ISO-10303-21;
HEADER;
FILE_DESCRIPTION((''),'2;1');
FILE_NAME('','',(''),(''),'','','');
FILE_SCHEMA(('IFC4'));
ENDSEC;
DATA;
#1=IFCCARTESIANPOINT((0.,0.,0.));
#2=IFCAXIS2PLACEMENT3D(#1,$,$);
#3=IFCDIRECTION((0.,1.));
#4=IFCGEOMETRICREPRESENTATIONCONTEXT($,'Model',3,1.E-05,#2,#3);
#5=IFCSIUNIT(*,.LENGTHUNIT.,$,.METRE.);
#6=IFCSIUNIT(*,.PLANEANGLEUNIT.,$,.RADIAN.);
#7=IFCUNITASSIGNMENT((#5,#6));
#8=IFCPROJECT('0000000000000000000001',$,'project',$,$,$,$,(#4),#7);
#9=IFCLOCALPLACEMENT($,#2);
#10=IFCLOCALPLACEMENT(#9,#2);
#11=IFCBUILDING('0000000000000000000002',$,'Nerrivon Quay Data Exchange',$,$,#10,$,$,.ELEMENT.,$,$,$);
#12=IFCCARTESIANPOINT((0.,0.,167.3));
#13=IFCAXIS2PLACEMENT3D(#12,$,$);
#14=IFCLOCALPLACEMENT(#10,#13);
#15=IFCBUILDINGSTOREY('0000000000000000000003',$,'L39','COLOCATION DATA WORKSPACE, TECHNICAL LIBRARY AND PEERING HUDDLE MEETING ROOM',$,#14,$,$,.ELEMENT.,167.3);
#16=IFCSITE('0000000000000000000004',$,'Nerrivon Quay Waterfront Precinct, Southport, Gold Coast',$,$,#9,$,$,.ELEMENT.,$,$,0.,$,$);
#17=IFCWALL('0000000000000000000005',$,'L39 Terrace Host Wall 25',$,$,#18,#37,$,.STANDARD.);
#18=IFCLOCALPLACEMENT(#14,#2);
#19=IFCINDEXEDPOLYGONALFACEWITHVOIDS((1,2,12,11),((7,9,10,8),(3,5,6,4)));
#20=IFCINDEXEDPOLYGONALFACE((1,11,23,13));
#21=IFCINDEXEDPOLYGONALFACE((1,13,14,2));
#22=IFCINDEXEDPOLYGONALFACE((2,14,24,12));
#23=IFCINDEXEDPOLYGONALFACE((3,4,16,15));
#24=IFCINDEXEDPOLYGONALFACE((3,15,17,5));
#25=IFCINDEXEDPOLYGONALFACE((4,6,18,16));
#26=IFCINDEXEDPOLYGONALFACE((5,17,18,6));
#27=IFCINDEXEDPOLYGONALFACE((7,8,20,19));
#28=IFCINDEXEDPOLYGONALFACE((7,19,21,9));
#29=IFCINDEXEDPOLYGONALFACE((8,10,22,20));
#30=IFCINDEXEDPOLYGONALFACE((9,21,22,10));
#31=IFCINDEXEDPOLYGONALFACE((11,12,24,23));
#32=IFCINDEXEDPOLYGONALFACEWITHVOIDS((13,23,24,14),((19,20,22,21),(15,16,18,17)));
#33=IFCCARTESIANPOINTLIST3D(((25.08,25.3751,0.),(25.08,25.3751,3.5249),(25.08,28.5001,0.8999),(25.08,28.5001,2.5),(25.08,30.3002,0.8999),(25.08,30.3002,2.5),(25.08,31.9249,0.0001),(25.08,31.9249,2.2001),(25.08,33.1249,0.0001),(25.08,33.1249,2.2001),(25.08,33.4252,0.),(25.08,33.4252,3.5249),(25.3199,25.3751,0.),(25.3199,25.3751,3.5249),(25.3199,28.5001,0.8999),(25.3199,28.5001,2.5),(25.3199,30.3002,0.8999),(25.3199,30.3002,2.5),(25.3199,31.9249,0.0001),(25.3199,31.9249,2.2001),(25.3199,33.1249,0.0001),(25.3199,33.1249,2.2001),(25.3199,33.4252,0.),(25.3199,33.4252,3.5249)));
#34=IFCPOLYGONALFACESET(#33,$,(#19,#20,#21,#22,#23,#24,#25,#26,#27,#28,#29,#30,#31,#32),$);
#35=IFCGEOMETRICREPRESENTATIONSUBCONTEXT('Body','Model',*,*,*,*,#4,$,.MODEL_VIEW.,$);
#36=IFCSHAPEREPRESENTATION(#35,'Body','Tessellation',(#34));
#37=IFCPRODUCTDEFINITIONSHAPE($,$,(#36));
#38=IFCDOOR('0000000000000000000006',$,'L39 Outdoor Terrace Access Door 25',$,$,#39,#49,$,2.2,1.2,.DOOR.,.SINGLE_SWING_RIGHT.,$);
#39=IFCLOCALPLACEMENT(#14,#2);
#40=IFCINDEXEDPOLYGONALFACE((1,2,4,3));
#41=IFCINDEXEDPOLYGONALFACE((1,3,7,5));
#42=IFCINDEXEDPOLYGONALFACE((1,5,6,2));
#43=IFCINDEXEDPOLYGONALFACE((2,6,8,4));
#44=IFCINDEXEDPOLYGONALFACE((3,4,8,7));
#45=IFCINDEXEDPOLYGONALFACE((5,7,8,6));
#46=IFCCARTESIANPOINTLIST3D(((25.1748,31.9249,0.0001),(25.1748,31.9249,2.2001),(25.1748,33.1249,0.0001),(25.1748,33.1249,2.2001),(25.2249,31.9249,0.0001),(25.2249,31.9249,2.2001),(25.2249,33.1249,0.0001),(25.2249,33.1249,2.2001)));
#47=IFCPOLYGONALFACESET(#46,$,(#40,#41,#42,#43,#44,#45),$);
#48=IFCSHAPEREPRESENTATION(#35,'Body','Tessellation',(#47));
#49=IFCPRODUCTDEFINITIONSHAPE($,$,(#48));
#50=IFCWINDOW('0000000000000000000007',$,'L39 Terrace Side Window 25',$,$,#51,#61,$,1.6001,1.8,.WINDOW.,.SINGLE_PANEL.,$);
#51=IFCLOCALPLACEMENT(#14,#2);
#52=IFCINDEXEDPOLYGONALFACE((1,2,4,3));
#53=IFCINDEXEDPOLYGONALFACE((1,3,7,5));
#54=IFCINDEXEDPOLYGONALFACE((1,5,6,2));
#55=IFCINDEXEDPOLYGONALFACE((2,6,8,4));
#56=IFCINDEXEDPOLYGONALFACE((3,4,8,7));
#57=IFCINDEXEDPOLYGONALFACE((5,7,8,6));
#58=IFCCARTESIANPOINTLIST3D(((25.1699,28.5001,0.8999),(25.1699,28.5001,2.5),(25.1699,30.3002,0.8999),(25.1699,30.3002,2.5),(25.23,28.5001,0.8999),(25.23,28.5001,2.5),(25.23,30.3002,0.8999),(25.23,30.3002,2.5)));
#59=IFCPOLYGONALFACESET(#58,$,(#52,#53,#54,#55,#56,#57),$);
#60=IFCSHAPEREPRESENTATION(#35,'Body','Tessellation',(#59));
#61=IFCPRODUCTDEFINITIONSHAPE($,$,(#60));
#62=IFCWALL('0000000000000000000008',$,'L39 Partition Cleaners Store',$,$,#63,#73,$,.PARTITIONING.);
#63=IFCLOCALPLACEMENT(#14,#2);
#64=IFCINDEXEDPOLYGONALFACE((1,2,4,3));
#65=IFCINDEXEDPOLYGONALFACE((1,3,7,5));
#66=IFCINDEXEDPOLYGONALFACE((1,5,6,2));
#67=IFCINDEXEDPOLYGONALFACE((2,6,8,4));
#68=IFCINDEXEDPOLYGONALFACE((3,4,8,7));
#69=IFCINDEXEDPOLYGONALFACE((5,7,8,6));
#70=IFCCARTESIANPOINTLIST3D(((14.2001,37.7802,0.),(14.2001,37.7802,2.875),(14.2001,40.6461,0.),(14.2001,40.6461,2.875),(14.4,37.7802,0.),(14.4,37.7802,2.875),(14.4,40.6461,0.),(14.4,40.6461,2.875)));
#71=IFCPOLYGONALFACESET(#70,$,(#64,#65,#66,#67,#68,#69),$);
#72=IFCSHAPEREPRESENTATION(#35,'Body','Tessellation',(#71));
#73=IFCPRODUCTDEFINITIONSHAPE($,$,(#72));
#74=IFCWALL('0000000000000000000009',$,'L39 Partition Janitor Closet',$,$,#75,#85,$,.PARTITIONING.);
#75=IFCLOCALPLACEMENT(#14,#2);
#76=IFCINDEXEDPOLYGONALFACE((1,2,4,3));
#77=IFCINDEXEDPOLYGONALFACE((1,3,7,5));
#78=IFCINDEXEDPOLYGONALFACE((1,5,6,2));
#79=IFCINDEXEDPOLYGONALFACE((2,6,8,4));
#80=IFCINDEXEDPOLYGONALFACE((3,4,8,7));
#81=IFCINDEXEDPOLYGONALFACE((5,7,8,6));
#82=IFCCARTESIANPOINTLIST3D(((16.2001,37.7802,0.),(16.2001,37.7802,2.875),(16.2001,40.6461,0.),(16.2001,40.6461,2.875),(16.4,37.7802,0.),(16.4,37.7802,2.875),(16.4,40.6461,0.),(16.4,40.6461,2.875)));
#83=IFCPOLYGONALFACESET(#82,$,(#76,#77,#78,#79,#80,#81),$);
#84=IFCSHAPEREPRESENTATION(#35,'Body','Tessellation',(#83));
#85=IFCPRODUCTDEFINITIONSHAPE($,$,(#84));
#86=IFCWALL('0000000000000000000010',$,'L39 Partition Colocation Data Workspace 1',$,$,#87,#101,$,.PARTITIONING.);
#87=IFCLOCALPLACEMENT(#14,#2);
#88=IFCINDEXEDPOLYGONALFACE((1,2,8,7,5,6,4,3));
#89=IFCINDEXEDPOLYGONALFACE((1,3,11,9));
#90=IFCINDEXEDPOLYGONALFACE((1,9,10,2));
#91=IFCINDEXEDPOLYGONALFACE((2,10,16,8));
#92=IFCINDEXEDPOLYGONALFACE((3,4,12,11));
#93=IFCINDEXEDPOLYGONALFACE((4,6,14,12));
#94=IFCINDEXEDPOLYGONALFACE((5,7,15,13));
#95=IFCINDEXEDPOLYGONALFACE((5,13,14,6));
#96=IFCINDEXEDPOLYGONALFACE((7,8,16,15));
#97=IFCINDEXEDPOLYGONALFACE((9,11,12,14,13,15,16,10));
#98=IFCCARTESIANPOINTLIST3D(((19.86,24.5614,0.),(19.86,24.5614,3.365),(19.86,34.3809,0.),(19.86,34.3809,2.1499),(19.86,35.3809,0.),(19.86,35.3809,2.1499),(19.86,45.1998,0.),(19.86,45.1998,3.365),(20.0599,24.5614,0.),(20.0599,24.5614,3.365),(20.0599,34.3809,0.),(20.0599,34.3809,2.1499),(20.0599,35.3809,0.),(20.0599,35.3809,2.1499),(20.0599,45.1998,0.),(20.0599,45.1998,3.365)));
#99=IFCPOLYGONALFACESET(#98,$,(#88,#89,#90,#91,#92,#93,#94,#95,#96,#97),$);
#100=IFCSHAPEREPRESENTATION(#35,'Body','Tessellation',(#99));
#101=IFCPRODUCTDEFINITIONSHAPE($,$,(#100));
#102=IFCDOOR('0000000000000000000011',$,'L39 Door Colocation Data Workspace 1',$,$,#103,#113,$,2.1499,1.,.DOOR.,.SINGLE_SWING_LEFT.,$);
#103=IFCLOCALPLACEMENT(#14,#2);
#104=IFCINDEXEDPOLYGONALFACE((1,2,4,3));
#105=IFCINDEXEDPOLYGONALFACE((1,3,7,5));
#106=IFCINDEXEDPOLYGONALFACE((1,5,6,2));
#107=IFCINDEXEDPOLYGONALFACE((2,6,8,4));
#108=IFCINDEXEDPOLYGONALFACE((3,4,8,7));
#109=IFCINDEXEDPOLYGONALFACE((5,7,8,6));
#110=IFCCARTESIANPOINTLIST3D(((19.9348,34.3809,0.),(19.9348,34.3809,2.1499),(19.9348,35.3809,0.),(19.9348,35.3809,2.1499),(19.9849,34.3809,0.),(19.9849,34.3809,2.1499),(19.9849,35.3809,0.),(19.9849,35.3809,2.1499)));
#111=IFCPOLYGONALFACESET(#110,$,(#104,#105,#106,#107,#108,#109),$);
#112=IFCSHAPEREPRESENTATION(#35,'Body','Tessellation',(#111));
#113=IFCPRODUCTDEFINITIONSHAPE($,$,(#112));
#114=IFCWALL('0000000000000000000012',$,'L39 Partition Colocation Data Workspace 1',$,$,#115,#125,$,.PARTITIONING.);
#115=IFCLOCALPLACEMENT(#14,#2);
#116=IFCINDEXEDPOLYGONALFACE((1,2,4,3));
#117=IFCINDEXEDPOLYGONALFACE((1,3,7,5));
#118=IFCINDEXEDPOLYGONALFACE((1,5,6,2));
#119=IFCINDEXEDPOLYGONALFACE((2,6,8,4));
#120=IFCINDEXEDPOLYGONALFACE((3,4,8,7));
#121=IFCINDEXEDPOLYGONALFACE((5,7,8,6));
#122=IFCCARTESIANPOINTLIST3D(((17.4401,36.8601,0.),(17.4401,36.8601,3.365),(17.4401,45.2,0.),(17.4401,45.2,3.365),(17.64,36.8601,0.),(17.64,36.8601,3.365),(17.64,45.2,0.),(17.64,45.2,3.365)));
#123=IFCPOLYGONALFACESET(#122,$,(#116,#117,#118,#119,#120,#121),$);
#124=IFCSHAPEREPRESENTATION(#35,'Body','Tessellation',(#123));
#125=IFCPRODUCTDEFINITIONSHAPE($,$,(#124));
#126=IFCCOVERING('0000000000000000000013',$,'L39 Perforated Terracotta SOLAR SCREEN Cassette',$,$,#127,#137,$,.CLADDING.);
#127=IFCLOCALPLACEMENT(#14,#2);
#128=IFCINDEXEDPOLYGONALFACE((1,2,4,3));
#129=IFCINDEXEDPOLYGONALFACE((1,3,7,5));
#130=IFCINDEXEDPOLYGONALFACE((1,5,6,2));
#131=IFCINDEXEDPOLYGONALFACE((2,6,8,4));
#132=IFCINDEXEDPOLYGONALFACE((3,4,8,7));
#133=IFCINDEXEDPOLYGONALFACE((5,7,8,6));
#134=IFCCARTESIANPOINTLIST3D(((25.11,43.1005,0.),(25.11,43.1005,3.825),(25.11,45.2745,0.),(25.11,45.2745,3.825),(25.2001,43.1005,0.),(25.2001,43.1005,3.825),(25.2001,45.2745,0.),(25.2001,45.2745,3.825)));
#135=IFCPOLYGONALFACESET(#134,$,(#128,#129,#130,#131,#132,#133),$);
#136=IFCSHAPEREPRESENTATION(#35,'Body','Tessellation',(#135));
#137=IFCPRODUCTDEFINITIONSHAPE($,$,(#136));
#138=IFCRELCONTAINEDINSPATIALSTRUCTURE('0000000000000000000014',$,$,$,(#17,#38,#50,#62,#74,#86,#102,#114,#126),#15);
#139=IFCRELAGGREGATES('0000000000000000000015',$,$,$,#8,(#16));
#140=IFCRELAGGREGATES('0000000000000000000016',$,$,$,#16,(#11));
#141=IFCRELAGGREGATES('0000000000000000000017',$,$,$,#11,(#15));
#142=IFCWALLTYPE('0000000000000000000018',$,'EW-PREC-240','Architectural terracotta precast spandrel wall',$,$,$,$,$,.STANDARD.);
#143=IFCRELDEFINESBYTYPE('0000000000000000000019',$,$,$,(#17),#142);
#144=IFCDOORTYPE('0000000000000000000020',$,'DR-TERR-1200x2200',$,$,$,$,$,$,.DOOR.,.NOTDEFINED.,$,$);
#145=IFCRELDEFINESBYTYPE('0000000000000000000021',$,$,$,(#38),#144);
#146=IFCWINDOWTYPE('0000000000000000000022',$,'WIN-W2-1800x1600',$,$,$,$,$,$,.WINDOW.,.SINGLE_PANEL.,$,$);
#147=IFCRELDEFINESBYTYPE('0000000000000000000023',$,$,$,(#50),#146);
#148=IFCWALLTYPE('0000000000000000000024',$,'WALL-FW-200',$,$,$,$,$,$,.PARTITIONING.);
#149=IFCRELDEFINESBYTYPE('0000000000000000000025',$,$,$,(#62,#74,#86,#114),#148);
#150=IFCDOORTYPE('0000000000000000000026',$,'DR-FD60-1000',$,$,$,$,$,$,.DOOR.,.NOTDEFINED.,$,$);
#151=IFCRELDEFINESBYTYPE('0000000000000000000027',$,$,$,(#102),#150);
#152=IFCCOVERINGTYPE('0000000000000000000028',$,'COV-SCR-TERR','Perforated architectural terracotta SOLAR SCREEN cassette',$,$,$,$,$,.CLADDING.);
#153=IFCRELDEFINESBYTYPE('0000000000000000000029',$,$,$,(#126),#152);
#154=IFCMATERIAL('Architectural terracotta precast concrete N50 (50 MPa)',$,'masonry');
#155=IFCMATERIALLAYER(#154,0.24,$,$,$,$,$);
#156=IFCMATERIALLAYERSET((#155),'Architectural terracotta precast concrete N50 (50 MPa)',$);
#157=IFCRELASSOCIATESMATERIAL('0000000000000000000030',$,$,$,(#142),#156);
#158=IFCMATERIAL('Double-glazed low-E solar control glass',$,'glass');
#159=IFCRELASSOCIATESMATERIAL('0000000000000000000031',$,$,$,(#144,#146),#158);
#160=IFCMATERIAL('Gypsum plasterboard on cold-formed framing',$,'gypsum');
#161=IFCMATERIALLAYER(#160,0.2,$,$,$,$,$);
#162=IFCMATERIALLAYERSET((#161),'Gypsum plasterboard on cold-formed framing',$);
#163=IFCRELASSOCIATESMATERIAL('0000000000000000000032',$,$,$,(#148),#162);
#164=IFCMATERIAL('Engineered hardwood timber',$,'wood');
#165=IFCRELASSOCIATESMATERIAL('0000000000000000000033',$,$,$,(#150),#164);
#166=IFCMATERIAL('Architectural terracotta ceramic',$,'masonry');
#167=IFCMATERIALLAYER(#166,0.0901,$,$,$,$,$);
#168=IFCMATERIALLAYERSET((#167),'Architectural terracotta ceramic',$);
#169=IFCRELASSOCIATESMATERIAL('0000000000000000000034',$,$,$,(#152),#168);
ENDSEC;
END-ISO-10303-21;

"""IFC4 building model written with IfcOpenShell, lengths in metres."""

from ifc_helpers import new_model, si_unit, direction, frame, frame_2d, origin, origin_2d, place, context, subcontext, project, spatial, rectangle, extrude, material, layer, layer_set, type_object, element, fill, save


model = new_model("IFC4")

# Units and contexts
model_context = context("Model", 3, precision=1e-05, world=origin(), true_north=direction((0.0, 1.0)))
body_context = subcontext(model_context, "Body", "Model", "MODEL_VIEW")
ifc_project = project(units=[si_unit("LENGTHUNIT", "METRE"), si_unit("PLANEANGLEUNIT", "RADIAN")], contexts=[model_context])

# Site, building, storey
site_placement = place(None, origin())
site = spatial("IfcSite", under=ifc_project, at=site_placement, Name="Nerrivon Quay Waterfront Precinct, Southport, Gold Coast", CompositionType="ELEMENT", RefElevation=0.0)
building_placement = place(site_placement, origin())
building = spatial("IfcBuilding", under=site, at=building_placement, Name="Nerrivon Quay Data Exchange", CompositionType="ELEMENT")
storey_placement = place(building_placement, frame((0.0, 0.0, 167.3)))
storey = spatial("IfcBuildingStorey", under=building, at=storey_placement, Name="L39", Description="COLOCATION DATA WORKSPACE, TECHNICAL LIBRARY AND PEERING HUDDLE MEETING ROOM", CompositionType="ELEMENT", Elevation=167.3)

# Shared definitions
ifc_material_1 = material(Name="Double-glazed low-E solar control glass", Category="glass")

# Shared definitions
ifc_material_2 = material(Name="Architectural terracotta precast concrete N50 (50 MPa)", Category="masonry")
ifc_layer_1 = layer(ifc_material_2, 0.24)
ifc_layer_set_1 = layer_set([ifc_layer_1], Name="Architectural terracotta precast concrete N50 (50 MPa)")
wall_type_1 = type_object("IfcWallType", Name="EW-PREC-240", Description="Architectural terracotta precast spandrel wall", PredefinedType="STANDARD", material=ifc_layer_set_1)
door_type_1 = type_object("IfcDoorType", Name="DR-TERR-1200x2200", OperationType="NOTDEFINED", PredefinedType="DOOR", material=ifc_material_1)

# Wall, openings, door, window
wall_1_placement = place(storey_placement, frame((25.2, 33.425, 0.0), z_axis=(0.0, 0.0, 1.0), x_axis=(0.0, -1.0, 0.0)))
wall_1 = element("IfcWall", 1, at=wall_1_placement, inside=storey, type_object=wall_type_1, Name="L39 Terrace Host Wall 25", PredefinedType="STANDARD", context=body_context, shape_type="SweptSolid", body=[
    extrude(rectangle(XDim=8.05, YDim=0.24, at=frame_2d((4.0249, 0.0))), origin(), (0.0, 0.0, 1.0), 3.5249),
])
opening_1_placement = place(wall_1_placement, frame((0.3, 0.0, 0.0)))
opening_1 = element("IfcOpeningElement", 2, at=opening_1_placement, cuts=wall_1, PredefinedType="OPENING", context=body_context, shape_type="SweptSolid", body=[
    extrude(rectangle(XDim=1.2, YDim=2.2, at=frame_2d((0.6001, 1.1001))), frame((0.0, 0.1299, 0.0), z_axis=(0.0, -1.0, 0.0), x_axis=(1.0, 0.0, 0.0)), (0.0, 0.0, 1.0), 0.26),
])
opening_2_placement = place(wall_1_placement, frame((3.125, 0.0, 0.8999)))
opening_2 = element("IfcOpeningElement", 3, at=opening_2_placement, cuts=wall_1, PredefinedType="OPENING", context=body_context, shape_type="SweptSolid", body=[
    extrude(rectangle(XDim=1.8, YDim=1.6001, at=frame_2d((0.8999, 0.8))), frame((0.0, 0.1299, 0.0), z_axis=(0.0, -1.0, 0.0), x_axis=(1.0, 0.0, 0.0)), (0.0, 0.0, 1.0), 0.26),
])
door_1_placement = place(opening_1_placement, origin())
door_1 = element("IfcDoor", 4, at=door_1_placement, inside=storey, type_object=door_type_1, Name="L39 Outdoor Terrace Access Door 25", OperationType="SINGLE_SWING_RIGHT", OverallHeight=2.2, OverallWidth=1.2, PredefinedType="DOOR", context=body_context, shape_type="SweptSolid", body=[
    extrude(rectangle(XDim=1.2, YDim=2.2, at=frame_2d((0.6001, 1.1001))), frame((0.0, 0.0249, 0.0), z_axis=(0.0, -1.0, 0.0), x_axis=(1.0, 0.0, 0.0)), (0.0, 0.0, 1.0), 0.05),
])
fill(opening_1, door_1)
window_type = type_object("IfcWindowType", Name="WIN-W2-1800x1600", PartitioningType="SINGLE_PANEL", PredefinedType="WINDOW", material=ifc_material_1)
window_placement = place(opening_2_placement, origin())
window = element("IfcWindow", 5, at=window_placement, inside=storey, type_object=window_type, Name="L39 Terrace Side Window 25", OverallHeight=1.6001, OverallWidth=1.8, PartitioningType="SINGLE_PANEL", PredefinedType="WINDOW", context=body_context, shape_type="SweptSolid", body=[
    extrude(rectangle(XDim=1.8, YDim=1.6001, at=frame_2d((0.8999, 0.8))), frame((0.0, 0.03, 0.0), z_axis=(0.0, -1.0, 0.0), x_axis=(1.0, 0.0, 0.0)), (0.0, 0.0, 1.0), 0.0601),
])
fill(opening_2, window)

# Walls
ifc_material_3 = material(Name="Gypsum plasterboard on cold-formed framing", Category="gypsum")
ifc_layer_2 = layer(ifc_material_3, 0.2)
ifc_layer_set_2 = layer_set([ifc_layer_2], Name="Gypsum plasterboard on cold-formed framing")
wall_type_2 = type_object("IfcWallType", Name="WALL-FW-200", PredefinedType="PARTITIONING", material=ifc_layer_set_2)
for number, where, z_axis, x_axis, name in (
    (6, (14.3, 37.78, 0.0), (0.0, 0.0, 1.0), (0.0, 1.0, 0.0), "L39 Partition Cleaners Store"),
    (7, (16.3, 37.78, 0.0), (0.0, 0.0, 1.0), (0.0, 1.0, 0.0), "L39 Partition Janitor Closet"),
):
    element("IfcWall", number, at=place(storey_placement, frame(where, z_axis=z_axis, x_axis=x_axis)), inside=storey, type_object=wall_type_2, Name=name, PredefinedType="PARTITIONING", context=body_context, shape_type="SweptSolid", body=[
        extrude(rectangle(XDim=2.866, YDim=0.2, at=frame_2d((1.4331, 0.0))), origin(), (0.0, 0.0, 1.0), 2.875),
    ])

# Wall, opening, door
wall_2_placement = place(storey_placement, frame((19.96, 45.2, 0.0), z_axis=(0.0, 0.0, 1.0), x_axis=(0.0, -1.0, 0.0)))
wall_2 = element("IfcWall", 8, at=wall_2_placement, inside=storey, type_object=wall_type_2, Name="L39 Partition Colocation Data Workspace 1", PredefinedType="PARTITIONING", context=body_context, shape_type="SweptSolid", body=[
    extrude(rectangle(XDim=20.6384, YDim=0.2, at=frame_2d((10.3193, 0.0))), origin(), (0.0, 0.0, 1.0), 3.365),
])
opening_3_placement = place(wall_2_placement, frame((9.8191, 0.0, 0.0)))
opening_3 = element("IfcOpeningElement", 9, at=opening_3_placement, cuts=wall_2, PredefinedType="OPENING", context=body_context, shape_type="SweptSolid", body=[
    extrude(rectangle(XDim=1.0, YDim=2.1499, at=frame_2d((0.5, 1.075))), frame((0.0, 0.1099, 0.0), z_axis=(0.0, -1.0, 0.0), x_axis=(1.0, 0.0, 0.0)), (0.0, 0.0, 1.0), 0.22),
])
ifc_material_4 = material(Name="Engineered hardwood timber", Category="wood")
door_type_2 = type_object("IfcDoorType", Name="DR-FD60-1000", OperationType="NOTDEFINED", PredefinedType="DOOR", material=ifc_material_4)
door_2_placement = place(opening_3_placement, origin())
door_2 = element("IfcDoor", 10, at=door_2_placement, inside=storey, type_object=door_type_2, Name="L39 Door Colocation Data Workspace 1", OperationType="SINGLE_SWING_LEFT", OverallHeight=2.1499, OverallWidth=1.0, PredefinedType="DOOR", context=body_context, shape_type="SweptSolid", body=[
    extrude(rectangle(XDim=1.0, YDim=2.1499, at=frame_2d((0.5, 1.075))), frame((0.0, 0.0249, 0.0), z_axis=(0.0, -1.0, 0.0), x_axis=(1.0, 0.0, 0.0)), (0.0, 0.0, 1.0), 0.05),
])
fill(opening_3, door_2)

# Wall
wall_3_placement = place(storey_placement, frame((17.54, 36.8601, 0.0), z_axis=(0.0, 0.0, 1.0), x_axis=(0.0, 1.0, 0.0)))
element("IfcWall", 11, at=wall_3_placement, inside=storey, type_object=wall_type_2, Name="L39 Partition Colocation Data Workspace 1", PredefinedType="PARTITIONING", context=body_context, shape_type="SweptSolid", body=[
    extrude(rectangle(XDim=8.3398, YDim=0.2, at=frame_2d((4.1699, 0.0))), origin(), (0.0, 0.0, 1.0), 3.365),
])

# Covering
ifc_material_5 = material(Name="Architectural terracotta ceramic", Category="masonry")
ifc_layer_3 = layer(ifc_material_5, 0.0901)
ifc_layer_set_3 = layer_set([ifc_layer_3], Name="Architectural terracotta ceramic")
covering_type = type_object("IfcCoveringType", Name="COV-SCR-TERR", Description="Perforated architectural terracotta SOLAR SCREEN cassette", PredefinedType="CLADDING", material=ifc_layer_set_3)
covering_placement = place(storey_placement, frame((25.155, 44.1875, 0.0), z_axis=(0.0, 0.0, 1.0), x_axis=(0.0, -1.0, 0.0)))
element("IfcCovering", 12, at=covering_placement, inside=storey, type_object=covering_type, Name="L39 Perforated Terracotta SOLAR SCREEN Cassette", PredefinedType="CLADDING", context=body_context, shape_type="SweptSolid", body=[
    extrude(rectangle(XDim=2.1741, YDim=0.0901, at=origin_2d()), origin(), (0.0, 0.0, 1.0), 3.825),
])

save(model, "model.ifc")
